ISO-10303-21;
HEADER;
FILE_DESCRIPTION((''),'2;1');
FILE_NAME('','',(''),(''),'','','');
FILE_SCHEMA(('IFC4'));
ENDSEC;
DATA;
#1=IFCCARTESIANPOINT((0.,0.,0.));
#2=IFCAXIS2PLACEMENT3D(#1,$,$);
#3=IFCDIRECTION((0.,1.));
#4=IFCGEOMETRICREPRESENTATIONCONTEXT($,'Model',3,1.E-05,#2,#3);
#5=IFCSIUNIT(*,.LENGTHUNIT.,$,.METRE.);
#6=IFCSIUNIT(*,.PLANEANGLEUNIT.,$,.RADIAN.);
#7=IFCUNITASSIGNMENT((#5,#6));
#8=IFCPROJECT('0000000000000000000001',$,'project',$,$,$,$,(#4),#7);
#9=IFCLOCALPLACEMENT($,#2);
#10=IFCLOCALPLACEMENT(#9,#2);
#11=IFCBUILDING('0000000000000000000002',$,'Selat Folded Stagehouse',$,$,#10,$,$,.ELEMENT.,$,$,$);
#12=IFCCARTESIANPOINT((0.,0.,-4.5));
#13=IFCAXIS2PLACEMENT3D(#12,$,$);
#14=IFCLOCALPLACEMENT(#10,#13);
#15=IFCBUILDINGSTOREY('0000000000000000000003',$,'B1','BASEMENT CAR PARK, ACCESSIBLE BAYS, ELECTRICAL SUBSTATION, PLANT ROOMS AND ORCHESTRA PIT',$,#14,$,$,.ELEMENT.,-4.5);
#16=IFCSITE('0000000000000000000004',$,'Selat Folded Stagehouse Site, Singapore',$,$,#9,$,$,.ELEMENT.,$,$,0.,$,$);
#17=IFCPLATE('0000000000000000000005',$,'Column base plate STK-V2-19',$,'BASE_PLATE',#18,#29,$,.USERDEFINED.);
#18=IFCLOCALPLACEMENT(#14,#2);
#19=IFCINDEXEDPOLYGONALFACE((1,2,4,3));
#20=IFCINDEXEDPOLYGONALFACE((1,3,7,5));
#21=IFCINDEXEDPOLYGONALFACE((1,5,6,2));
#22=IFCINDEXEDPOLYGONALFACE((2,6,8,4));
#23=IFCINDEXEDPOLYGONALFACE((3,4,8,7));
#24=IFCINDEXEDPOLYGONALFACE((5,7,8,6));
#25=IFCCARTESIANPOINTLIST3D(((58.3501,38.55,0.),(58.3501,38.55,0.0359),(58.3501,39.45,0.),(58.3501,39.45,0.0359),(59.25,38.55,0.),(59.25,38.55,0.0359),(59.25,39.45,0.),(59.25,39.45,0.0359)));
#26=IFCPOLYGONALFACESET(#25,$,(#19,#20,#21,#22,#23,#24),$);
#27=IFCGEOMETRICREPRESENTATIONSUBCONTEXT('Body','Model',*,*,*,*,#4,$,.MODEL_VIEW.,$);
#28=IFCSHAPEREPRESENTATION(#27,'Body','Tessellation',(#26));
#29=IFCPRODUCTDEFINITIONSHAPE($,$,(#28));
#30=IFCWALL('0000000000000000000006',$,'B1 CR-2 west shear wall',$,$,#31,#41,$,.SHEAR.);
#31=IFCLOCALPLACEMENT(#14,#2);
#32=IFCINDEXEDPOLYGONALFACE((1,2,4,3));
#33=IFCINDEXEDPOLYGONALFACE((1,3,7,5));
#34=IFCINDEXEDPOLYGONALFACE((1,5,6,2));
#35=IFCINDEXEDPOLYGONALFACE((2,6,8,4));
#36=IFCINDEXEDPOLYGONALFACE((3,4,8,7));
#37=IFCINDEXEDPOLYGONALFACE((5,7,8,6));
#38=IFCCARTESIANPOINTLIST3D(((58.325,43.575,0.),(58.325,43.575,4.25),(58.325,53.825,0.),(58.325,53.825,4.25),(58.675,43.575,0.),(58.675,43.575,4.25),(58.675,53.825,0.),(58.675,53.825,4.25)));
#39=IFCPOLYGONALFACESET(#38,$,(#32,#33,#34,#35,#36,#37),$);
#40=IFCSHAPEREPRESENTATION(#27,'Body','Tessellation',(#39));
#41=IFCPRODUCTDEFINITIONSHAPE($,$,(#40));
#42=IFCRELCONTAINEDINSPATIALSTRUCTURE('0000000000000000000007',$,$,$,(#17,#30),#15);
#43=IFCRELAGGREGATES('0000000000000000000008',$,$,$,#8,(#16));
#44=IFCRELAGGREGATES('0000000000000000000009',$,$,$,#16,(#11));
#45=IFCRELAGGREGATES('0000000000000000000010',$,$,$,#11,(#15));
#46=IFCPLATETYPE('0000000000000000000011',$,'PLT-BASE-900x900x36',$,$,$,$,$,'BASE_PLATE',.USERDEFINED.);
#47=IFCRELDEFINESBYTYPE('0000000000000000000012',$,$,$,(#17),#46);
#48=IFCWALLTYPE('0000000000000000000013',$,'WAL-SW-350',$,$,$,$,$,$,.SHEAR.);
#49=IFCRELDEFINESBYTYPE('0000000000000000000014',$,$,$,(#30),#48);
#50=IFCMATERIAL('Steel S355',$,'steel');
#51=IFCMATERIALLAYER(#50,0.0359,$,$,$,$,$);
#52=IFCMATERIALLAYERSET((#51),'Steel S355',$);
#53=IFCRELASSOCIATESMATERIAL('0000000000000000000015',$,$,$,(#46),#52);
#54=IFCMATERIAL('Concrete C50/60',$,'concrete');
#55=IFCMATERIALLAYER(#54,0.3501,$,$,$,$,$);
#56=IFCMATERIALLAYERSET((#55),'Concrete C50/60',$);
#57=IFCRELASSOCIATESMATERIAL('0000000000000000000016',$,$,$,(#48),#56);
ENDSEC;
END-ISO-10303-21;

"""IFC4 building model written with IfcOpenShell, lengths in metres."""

from ifc_helpers import new_model, si_unit, direction, frame, frame_2d, origin, origin_2d, place, context, subcontext, project, spatial, rectangle, extrude, material, layer, layer_set, type_object, element, save


model = new_model("IFC4")

# Units and contexts
model_context = context("Model", 3, precision=1e-05, world=origin(), true_north=direction((0.0, 1.0)))
body_context = subcontext(model_context, "Body", "Model", "MODEL_VIEW")
ifc_project = project(units=[si_unit("LENGTHUNIT", "METRE"), si_unit("PLANEANGLEUNIT", "RADIAN")], contexts=[model_context])

# Site, building, storey
site_placement = place(None, origin())
site = spatial("IfcSite", under=ifc_project, at=site_placement, Name="Selat Folded Stagehouse Site, Singapore", CompositionType="ELEMENT", RefElevation=0.0)
building_placement = place(site_placement, origin())
building = spatial("IfcBuilding", under=site, at=building_placement, Name="Selat Folded Stagehouse", CompositionType="ELEMENT")
storey_placement = place(building_placement, frame((0.0, 0.0, -4.5)))
storey = spatial("IfcBuildingStorey", under=building, at=storey_placement, Name="B1", Description="BASEMENT CAR PARK, ACCESSIBLE BAYS, ELECTRICAL SUBSTATION, PLANT ROOMS AND ORCHESTRA PIT", CompositionType="ELEMENT", Elevation=-4.5)

# Shared definitions
ifc_material_1 = material(Name="Steel S355", Category="steel")

# Plate
ifc_layer_1 = layer(ifc_material_1, 0.0359)
ifc_layer_set_1 = layer_set([ifc_layer_1], Name="Steel S355")
plate_type = type_object("IfcPlateType", Name="PLT-BASE-900x900x36", ElementType="BASE_PLATE", PredefinedType="USERDEFINED", material=ifc_layer_set_1)
for number, where, z_axis, x_axis, name in (
    (1, (58.8, 39.0, 0.0), (0.0, 0.0, 1.0), (1.0, 0.0, 0.0), "Column base plate STK-V2-19"),
):
    element("IfcPlate", number, at=place(storey_placement, frame(where, z_axis=z_axis, x_axis=x_axis)), inside=storey, type_object=plate_type, Name=name, ObjectType="BASE_PLATE", PredefinedType="USERDEFINED", context=body_context, shape_type="SweptSolid", body=[
        extrude(rectangle(XDim=0.8999, YDim=0.8999, at=origin_2d()), origin(), (0.0, 0.0, 1.0), 0.0359),
    ])

# Wall
ifc_material_2 = material(Name="Concrete C50/60", Category="concrete")
ifc_layer_2 = layer(ifc_material_2, 0.3501)
ifc_layer_set_2 = layer_set([ifc_layer_2], Name="Concrete C50/60")
wall_type = type_object("IfcWallType", Name="WAL-SW-350", PredefinedType="SHEAR", material=ifc_layer_set_2)
wall_placement = place(storey_placement, frame((58.5, 43.575, 0.0), z_axis=(0.0, 0.0, 1.0), x_axis=(0.0, 1.0, 0.0)))
element("IfcWall", 2, at=wall_placement, inside=storey, type_object=wall_type, Name="B1 CR-2 west shear wall", PredefinedType="SHEAR", context=body_context, shape_type="SweptSolid", body=[
    extrude(rectangle(XDim=10.25, YDim=0.3501, at=frame_2d((5.125, 0.0))), origin(), (0.0, 0.0, 1.0), 4.25),
])

save(model, "model.ifc")
